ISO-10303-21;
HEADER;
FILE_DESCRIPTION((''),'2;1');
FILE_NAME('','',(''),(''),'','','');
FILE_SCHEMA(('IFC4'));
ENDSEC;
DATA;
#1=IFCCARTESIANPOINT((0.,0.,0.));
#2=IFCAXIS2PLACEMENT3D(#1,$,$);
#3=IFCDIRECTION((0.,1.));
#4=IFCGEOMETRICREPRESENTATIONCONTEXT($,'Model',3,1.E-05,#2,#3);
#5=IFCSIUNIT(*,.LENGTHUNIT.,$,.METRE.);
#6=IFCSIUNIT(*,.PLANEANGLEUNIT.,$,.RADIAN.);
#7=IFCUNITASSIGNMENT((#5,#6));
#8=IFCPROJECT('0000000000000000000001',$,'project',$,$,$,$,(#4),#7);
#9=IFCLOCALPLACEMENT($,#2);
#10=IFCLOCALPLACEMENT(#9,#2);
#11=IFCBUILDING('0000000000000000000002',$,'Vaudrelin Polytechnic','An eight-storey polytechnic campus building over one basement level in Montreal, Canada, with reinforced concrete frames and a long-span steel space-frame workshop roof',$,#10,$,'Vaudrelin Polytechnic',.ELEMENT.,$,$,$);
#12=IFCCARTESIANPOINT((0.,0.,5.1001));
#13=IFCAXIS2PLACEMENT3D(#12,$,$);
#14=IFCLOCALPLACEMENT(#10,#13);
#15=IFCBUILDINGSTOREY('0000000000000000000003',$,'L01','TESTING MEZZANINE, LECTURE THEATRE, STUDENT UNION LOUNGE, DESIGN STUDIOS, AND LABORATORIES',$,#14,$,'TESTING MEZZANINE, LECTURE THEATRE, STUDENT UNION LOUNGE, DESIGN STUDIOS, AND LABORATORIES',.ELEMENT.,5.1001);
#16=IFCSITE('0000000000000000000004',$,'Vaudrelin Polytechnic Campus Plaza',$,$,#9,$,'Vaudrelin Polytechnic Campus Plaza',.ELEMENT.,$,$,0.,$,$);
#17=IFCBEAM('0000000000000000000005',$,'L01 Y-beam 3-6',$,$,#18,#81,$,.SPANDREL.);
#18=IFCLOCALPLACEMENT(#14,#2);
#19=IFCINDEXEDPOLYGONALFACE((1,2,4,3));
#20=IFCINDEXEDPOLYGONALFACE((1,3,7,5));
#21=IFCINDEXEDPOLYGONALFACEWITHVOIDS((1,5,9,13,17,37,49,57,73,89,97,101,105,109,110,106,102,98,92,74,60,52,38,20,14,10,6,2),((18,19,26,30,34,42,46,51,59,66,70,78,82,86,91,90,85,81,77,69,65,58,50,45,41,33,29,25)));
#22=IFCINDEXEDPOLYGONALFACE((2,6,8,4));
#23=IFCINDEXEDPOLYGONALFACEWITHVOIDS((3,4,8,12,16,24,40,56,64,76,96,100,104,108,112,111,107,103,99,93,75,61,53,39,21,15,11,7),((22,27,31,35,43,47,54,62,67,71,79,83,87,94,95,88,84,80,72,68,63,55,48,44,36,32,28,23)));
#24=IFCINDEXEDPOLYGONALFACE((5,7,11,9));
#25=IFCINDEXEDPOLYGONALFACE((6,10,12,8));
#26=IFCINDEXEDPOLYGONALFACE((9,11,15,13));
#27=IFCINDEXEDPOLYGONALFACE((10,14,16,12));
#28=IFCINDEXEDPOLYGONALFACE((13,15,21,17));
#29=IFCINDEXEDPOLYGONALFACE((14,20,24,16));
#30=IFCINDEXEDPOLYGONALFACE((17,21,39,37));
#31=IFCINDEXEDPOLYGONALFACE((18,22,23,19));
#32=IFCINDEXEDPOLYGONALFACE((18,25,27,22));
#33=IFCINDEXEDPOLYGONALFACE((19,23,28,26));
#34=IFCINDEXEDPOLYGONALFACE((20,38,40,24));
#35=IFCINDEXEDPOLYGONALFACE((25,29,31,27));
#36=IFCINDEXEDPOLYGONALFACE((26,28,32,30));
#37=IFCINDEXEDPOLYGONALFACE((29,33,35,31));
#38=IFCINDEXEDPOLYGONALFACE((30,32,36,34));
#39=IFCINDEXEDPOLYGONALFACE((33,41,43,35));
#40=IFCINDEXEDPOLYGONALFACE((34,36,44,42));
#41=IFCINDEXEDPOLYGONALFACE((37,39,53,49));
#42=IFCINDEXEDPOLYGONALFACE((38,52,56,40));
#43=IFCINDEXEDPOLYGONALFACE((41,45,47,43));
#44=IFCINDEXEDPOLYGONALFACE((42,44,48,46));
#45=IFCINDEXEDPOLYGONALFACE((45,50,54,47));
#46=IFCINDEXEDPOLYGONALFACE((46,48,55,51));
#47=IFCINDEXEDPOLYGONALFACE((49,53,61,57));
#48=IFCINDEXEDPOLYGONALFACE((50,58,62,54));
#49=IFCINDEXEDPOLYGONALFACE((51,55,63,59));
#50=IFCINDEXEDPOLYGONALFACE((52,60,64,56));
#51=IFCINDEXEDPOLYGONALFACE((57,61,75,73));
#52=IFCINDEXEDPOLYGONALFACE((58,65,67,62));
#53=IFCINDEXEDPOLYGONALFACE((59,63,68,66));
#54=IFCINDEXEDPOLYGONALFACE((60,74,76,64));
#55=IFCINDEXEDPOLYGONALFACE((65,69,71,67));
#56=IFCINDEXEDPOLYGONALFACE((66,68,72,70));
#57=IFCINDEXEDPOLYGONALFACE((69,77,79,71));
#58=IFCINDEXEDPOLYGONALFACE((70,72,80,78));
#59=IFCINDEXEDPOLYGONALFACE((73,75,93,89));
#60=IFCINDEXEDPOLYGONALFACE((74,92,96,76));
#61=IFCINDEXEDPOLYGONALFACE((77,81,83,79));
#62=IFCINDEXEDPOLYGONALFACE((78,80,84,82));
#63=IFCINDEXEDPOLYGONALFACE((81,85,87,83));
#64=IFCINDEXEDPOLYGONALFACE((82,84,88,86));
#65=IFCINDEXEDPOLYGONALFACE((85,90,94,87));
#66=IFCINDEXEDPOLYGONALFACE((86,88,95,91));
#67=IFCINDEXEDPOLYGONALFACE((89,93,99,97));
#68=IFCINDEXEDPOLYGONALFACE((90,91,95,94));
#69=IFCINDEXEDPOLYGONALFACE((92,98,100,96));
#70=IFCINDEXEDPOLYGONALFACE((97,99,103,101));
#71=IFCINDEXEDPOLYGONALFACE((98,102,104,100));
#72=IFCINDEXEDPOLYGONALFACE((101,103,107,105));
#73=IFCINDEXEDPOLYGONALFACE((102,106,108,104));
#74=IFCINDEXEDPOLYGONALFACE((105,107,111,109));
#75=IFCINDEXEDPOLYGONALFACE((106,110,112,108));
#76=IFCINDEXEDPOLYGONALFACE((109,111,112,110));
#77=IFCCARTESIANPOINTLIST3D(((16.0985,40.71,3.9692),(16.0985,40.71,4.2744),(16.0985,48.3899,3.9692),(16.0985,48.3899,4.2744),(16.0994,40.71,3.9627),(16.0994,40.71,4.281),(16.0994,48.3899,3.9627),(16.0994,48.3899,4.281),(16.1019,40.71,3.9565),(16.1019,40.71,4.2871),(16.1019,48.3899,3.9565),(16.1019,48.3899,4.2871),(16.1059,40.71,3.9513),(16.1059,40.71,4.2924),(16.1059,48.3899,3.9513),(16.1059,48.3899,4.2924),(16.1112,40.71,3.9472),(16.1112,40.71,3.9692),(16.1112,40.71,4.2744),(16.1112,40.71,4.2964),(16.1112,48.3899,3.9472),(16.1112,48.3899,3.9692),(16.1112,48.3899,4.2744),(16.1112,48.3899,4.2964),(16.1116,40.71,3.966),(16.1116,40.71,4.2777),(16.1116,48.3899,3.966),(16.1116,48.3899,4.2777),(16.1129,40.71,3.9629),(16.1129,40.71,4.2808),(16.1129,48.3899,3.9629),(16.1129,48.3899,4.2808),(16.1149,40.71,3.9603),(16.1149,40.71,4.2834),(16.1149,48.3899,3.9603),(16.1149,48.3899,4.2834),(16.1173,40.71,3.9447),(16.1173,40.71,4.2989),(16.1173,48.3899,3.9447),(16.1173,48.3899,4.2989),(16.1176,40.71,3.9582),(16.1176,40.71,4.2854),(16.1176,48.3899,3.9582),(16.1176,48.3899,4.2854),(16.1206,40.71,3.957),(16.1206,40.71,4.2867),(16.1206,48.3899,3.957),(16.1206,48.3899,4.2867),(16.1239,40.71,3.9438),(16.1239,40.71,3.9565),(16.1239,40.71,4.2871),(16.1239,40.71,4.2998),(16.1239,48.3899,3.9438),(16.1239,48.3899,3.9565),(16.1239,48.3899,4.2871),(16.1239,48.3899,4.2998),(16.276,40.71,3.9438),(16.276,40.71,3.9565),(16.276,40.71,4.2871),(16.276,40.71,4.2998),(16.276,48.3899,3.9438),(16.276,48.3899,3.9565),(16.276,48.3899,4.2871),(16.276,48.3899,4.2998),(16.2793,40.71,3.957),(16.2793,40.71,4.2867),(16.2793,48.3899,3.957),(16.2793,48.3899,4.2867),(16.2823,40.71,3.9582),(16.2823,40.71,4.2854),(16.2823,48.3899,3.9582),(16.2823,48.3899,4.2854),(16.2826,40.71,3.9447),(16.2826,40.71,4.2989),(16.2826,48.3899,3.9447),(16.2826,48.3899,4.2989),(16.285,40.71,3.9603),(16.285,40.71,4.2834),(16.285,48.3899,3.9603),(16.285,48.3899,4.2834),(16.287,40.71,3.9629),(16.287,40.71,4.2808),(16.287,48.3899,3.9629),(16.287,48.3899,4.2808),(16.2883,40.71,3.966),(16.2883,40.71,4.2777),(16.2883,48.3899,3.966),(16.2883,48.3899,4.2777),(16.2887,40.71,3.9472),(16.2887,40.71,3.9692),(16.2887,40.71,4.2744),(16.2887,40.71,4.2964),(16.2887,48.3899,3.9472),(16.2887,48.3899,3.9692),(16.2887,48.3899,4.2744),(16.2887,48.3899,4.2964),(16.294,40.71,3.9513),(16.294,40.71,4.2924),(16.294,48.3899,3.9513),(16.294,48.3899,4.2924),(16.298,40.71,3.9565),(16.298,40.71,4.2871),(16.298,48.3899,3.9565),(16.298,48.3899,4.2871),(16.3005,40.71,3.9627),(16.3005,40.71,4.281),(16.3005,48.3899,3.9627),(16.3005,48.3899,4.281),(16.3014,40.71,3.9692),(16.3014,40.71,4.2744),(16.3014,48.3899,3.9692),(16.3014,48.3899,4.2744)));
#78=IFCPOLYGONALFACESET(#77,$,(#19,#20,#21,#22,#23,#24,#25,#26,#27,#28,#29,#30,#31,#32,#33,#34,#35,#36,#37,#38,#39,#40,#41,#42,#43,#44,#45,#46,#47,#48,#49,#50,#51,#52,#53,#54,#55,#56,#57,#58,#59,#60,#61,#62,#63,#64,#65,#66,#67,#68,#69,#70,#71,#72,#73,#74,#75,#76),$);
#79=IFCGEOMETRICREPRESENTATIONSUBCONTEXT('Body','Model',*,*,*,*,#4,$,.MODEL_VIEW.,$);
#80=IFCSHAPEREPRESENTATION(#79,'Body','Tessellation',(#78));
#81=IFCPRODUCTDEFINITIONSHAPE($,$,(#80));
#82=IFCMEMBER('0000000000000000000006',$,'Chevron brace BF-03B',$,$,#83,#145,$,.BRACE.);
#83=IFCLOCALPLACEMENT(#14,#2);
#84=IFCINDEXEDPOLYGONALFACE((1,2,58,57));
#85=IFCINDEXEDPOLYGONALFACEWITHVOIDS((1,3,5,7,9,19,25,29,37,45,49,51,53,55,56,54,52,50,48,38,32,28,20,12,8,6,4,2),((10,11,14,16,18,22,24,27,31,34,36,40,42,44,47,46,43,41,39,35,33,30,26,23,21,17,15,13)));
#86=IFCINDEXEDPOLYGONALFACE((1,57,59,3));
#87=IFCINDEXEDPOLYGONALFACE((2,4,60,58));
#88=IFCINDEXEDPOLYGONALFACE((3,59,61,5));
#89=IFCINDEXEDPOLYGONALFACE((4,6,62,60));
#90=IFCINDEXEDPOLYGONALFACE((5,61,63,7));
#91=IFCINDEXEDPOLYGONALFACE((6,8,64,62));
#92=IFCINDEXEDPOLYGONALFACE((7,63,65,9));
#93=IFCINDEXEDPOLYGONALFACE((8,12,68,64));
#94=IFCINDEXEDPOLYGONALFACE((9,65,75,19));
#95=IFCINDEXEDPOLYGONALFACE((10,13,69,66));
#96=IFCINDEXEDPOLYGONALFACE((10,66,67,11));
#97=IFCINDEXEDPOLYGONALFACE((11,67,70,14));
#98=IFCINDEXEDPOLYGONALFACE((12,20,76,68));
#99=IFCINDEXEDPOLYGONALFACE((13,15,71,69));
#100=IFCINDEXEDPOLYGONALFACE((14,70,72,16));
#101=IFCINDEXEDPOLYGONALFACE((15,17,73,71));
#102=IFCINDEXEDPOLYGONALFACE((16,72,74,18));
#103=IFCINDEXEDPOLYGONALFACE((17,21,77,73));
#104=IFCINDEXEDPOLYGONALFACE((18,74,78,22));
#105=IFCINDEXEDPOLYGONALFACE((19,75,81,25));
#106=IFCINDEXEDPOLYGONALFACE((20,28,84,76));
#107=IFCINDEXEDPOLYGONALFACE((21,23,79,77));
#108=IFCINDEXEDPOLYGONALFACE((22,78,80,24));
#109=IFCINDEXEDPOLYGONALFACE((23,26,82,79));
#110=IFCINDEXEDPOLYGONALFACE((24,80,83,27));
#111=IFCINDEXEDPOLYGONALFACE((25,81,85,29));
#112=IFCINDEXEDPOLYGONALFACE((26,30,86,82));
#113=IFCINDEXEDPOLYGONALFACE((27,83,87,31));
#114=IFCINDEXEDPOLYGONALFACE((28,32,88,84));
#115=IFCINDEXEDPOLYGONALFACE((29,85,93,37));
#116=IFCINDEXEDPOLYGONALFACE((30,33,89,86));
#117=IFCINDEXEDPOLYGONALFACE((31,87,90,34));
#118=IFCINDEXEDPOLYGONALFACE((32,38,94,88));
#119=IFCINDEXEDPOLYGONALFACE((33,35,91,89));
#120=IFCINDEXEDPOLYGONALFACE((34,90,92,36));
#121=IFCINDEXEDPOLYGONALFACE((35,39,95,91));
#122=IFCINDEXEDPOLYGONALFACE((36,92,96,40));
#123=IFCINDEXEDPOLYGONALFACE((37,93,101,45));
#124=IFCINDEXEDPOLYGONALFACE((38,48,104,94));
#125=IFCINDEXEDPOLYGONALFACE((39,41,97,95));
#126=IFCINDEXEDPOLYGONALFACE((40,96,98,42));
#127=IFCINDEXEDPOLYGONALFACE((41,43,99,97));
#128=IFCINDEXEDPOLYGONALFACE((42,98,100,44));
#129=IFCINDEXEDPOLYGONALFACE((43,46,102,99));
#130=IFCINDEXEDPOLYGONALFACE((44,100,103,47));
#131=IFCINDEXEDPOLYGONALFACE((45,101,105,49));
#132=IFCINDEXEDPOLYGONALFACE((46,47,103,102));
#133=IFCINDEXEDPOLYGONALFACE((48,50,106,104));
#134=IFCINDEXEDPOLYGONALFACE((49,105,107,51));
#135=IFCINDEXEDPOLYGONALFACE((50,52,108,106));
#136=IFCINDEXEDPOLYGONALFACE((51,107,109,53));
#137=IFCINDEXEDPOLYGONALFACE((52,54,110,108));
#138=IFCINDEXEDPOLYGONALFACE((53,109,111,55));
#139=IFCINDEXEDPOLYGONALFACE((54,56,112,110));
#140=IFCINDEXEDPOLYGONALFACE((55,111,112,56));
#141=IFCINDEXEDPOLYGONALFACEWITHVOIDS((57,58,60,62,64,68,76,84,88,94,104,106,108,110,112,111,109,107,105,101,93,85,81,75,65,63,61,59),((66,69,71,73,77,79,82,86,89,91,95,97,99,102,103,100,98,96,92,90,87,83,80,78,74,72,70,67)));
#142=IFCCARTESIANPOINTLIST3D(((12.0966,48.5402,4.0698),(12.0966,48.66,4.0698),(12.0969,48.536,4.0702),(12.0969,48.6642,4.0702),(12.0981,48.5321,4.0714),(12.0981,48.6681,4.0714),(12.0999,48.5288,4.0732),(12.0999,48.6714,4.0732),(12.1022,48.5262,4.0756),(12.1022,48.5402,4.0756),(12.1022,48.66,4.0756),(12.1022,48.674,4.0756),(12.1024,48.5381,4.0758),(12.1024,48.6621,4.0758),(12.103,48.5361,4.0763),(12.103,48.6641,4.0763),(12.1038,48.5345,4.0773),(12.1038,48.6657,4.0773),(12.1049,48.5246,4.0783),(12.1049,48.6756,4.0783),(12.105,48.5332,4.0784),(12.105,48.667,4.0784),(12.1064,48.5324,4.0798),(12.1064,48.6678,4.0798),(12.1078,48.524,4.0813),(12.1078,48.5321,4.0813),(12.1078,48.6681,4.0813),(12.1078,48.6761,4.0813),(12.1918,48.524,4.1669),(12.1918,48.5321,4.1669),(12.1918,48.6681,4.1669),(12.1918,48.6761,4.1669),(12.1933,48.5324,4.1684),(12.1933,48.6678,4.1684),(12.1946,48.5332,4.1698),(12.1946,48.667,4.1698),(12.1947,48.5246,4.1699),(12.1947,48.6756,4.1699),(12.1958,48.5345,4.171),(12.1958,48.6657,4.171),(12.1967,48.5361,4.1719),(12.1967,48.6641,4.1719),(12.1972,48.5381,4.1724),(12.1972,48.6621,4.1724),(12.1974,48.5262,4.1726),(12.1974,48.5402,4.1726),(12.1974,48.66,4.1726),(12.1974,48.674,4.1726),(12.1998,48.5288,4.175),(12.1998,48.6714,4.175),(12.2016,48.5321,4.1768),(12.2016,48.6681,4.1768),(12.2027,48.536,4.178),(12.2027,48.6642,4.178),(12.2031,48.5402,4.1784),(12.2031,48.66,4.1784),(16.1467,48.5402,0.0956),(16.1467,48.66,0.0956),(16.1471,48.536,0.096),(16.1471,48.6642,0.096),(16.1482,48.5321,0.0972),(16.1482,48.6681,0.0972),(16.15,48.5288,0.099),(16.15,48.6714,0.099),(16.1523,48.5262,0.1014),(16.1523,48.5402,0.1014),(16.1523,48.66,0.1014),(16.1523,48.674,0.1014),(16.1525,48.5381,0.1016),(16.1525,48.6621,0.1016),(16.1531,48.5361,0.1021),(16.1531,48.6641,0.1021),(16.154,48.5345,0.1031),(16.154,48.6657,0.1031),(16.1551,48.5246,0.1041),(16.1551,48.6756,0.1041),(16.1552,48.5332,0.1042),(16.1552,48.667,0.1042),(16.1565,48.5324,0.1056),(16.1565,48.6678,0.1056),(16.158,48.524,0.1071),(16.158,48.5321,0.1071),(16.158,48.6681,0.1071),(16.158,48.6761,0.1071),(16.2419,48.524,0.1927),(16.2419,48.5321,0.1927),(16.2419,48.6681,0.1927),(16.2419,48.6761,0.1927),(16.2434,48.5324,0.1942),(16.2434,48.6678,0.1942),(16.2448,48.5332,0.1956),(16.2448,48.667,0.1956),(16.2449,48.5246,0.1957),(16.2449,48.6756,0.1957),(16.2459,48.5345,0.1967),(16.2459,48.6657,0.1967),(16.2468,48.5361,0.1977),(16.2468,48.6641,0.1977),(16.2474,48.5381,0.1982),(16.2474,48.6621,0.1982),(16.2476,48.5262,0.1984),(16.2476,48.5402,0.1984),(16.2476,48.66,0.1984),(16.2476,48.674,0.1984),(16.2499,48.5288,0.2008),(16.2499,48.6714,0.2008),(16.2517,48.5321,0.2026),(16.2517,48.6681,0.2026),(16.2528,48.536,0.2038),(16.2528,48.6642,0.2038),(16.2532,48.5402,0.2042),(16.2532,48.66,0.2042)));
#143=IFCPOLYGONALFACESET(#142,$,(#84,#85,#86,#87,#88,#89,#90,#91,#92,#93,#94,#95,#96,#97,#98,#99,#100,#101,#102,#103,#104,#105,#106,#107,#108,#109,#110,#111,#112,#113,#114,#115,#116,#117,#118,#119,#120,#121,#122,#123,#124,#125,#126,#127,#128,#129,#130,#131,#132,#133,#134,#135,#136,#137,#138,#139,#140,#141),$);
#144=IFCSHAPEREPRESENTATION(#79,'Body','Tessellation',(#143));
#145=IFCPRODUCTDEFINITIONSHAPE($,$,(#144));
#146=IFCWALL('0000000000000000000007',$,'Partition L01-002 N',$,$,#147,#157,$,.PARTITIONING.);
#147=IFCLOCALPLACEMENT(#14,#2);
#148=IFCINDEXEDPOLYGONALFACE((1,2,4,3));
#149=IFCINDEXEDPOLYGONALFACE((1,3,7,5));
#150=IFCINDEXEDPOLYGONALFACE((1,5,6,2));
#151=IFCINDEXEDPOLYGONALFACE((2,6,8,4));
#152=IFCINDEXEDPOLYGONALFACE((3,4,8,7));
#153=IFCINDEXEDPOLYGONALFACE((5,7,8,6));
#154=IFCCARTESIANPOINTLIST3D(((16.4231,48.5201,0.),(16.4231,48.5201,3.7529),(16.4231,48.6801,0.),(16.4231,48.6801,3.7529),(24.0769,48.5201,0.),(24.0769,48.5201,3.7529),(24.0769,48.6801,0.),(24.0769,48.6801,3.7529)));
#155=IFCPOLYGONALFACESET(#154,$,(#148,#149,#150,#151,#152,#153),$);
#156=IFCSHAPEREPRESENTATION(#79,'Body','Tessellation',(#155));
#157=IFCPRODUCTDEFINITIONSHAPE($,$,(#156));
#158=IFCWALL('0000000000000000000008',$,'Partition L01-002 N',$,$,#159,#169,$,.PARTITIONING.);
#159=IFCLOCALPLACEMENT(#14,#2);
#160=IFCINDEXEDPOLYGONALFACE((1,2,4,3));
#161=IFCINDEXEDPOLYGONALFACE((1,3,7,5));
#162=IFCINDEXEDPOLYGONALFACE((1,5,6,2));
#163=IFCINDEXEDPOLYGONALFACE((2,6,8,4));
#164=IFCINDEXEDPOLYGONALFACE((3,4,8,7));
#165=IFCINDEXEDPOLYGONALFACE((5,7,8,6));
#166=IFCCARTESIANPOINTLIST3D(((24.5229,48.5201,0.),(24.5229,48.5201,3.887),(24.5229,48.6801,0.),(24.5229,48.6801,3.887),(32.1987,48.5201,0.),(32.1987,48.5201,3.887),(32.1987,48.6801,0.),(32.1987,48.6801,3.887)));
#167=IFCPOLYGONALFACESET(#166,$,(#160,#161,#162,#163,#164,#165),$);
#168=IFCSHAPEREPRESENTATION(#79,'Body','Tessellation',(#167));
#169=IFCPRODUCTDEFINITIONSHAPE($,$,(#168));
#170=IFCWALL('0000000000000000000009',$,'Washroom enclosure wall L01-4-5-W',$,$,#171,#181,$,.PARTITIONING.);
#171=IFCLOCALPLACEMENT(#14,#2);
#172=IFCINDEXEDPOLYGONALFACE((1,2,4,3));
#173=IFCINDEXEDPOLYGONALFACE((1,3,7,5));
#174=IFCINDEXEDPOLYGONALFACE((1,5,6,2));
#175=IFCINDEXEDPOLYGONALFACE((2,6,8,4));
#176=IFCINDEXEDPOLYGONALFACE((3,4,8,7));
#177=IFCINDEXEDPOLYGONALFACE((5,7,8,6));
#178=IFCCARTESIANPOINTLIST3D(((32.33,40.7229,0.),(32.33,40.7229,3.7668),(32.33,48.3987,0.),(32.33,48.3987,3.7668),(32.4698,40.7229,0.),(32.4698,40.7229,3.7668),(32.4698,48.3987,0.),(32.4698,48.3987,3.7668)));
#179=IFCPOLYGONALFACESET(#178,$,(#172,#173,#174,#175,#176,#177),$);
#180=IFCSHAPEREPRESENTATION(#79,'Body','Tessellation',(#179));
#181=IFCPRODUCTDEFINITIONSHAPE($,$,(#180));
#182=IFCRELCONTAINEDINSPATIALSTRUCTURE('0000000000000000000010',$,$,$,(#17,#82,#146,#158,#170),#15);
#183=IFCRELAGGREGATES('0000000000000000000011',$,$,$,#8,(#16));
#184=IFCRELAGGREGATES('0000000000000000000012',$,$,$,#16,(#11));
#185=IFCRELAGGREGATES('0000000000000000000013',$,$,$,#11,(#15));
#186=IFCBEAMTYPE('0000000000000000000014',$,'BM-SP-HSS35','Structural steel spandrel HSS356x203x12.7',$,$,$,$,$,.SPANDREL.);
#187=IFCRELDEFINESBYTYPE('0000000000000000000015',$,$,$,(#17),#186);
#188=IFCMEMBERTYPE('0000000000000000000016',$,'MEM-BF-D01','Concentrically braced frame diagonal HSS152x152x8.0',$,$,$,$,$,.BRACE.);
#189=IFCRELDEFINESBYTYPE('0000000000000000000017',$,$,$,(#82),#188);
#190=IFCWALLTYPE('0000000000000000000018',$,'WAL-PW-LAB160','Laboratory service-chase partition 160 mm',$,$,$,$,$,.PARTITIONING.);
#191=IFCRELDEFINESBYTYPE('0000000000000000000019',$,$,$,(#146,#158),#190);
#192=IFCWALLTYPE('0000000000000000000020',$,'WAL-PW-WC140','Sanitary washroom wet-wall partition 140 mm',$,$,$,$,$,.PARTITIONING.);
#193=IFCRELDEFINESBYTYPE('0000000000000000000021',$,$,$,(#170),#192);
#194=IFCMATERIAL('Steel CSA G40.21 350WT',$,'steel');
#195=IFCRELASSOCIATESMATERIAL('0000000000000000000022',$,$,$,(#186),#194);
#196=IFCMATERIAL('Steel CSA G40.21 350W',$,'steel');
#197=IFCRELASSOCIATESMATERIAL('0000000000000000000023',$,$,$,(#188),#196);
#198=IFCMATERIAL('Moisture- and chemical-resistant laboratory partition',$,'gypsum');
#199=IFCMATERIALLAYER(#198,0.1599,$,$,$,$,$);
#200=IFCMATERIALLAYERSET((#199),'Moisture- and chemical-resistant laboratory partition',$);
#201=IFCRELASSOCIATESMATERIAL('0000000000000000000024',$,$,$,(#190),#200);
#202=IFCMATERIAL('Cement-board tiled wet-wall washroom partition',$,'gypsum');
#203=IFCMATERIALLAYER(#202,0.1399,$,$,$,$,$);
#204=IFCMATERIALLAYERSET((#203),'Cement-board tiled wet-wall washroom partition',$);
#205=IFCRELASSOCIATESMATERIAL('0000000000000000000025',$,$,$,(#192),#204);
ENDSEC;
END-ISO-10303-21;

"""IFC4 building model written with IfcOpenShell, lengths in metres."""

from ifc_helpers import new_model, si_unit, direction, frame, frame_2d, origin, origin_2d, place, context, subcontext, project, spatial, rectangle, hollow_rectangle, extrude, material, layer, layer_set, material_profile, profile_set, type_object, element, save


model = new_model("IFC4")

# Units and contexts
model_context = context("Model", 3, precision=1e-05, world=origin(), true_north=direction((0.0, 1.0)))
body_context = subcontext(model_context, "Body", "Model", "MODEL_VIEW")
ifc_project = project(units=[si_unit("LENGTHUNIT", "METRE"), si_unit("PLANEANGLEUNIT", "RADIAN")], contexts=[model_context])

# Site, building, storey
site_placement = place(None, origin())
site = spatial("IfcSite", under=ifc_project, at=site_placement, Name="Vaudrelin Polytechnic Campus Plaza", LongName="Vaudrelin Polytechnic Campus Plaza", CompositionType="ELEMENT", RefElevation=0.0)
building_placement = place(site_placement, origin())
building = spatial("IfcBuilding", under=site, at=building_placement, Name="Vaudrelin Polytechnic", Description="An eight-storey polytechnic campus building over one basement level in Montreal, Canada, with reinforced concrete frames and a long-span steel space-frame workshop roof", LongName="Vaudrelin Polytechnic", CompositionType="ELEMENT")
storey_placement = place(building_placement, frame((0.0, 0.0, 5.1001)))
storey = spatial("IfcBuildingStorey", under=building, at=storey_placement, Name="L01", Description="TESTING MEZZANINE, LECTURE THEATRE, STUDENT UNION LOUNGE, DESIGN STUDIOS, AND LABORATORIES", LongName="TESTING MEZZANINE, LECTURE THEATRE, STUDENT UNION LOUNGE, DESIGN STUDIOS, AND LABORATORIES", CompositionType="ELEMENT", Elevation=5.1001)

# Shared definitions
ifc_material_1 = material(Name="Steel CSA G40.21 350WT", Category="steel")

# Beam
ifc_material_2 = material(Name="Steel CSA G40.21 350W", Category="steel")
ifc_material_profile_1 = material_profile(ifc_material_1, hollow_rectangle(XDim=0.2029, YDim=0.356, WallThickness=0.0127, InnerFilletRadius=0.0127, OuterFilletRadius=0.0254, at=origin_2d()), Name="HSS356x203x12.7")
ifc_profile_set_1 = profile_set([ifc_material_profile_1], Name="Steel CSA G40.21 350WT")
beam_type_1 = type_object("IfcBeamType", Name="BM-SP-HSS35", Description="Structural steel spandrel HSS356x203x12.7", PredefinedType="SPANDREL", material=ifc_profile_set_1)
beam_1_placement = place(storey_placement, frame((16.2, 40.71, 4.1218), z_axis=(0.0, 1.0, 0.0), x_axis=(-1.0, 0.0, 0.0)))
element("IfcBeam", 1, at=beam_1_placement, inside=storey, type_object=beam_type_1, Name="L01 Y-beam 3-6", PredefinedType="SPANDREL", context=body_context, shape_type="SweptSolid", body=[
    extrude(hollow_rectangle(XDim=0.2029, YDim=0.356, WallThickness=0.0127, InnerFilletRadius=0.0127, OuterFilletRadius=0.0254, at=origin_2d()), origin(), (0.0, 0.0, 1.0), 7.6799),
])

# Member
ifc_material_profile_2 = material_profile(ifc_material_2, hollow_rectangle(XDim=0.1521, YDim=0.1521, WallThickness=0.0081, InnerFilletRadius=0.0081, OuterFilletRadius=0.0161, at=origin_2d()), Name="HSS152x152x8.0")
ifc_profile_set_2 = profile_set([ifc_material_profile_2], Name="Steel CSA G40.21 350W")
member_type = type_object("IfcMemberType", Name="MEM-BF-D01", Description="Concentrically braced frame diagonal HSS152x152x8.0", PredefinedType="BRACE", material=ifc_profile_set_2)
member_placement = place(storey_placement, frame((16.2, 48.6001, 0.1499), z_axis=(-0.713766, 0.0, 0.700385), x_axis=(0.0, -1.0, 0.0)))
element("IfcMember", 2, at=member_placement, inside=storey, type_object=member_type, Name="Chevron brace BF-03B", PredefinedType="BRACE", context=body_context, shape_type="SweptSolid", body=[
    extrude(hollow_rectangle(XDim=0.1521, YDim=0.1521, WallThickness=0.0081, InnerFilletRadius=0.0081, OuterFilletRadius=0.0161, at=origin_2d()), origin(), (0.0, 0.0, 1.0), 5.6743),
])

# Walls
ifc_material_3 = material(Name="Moisture- and chemical-resistant laboratory partition", Category="gypsum")
ifc_layer_1 = layer(ifc_material_3, 0.1599)
ifc_layer_set_1 = layer_set([ifc_layer_1], Name="Moisture- and chemical-resistant laboratory partition")
wall_type_1 = type_object("IfcWallType", Name="WAL-PW-LAB160", Description="Laboratory service-chase partition 160 mm", PredefinedType="PARTITIONING", material=ifc_layer_set_1)
wall_1_placement = place(storey_placement, frame((16.4231, 48.6001, 0.0), z_axis=(0.0, 0.0, 1.0), x_axis=(1.0, 0.0, 0.0)))
element("IfcWall", 3, at=wall_1_placement, inside=storey, type_object=wall_type_1, Name="Partition L01-002 N", PredefinedType="PARTITIONING", context=body_context, shape_type="SweptSolid", body=[
    extrude(rectangle(XDim=7.6538, YDim=0.1599, at=frame_2d((3.8269, 0.0))), origin(), (0.0, 0.0, 1.0), 3.7529),
])
wall_2_placement = place(storey_placement, frame((24.5229, 48.6001, 0.0), z_axis=(0.0, 0.0, 1.0), x_axis=(1.0, 0.0, 0.0)))
element("IfcWall", 4, at=wall_2_placement, inside=storey, type_object=wall_type_1, Name="Partition L01-002 N", PredefinedType="PARTITIONING", context=body_context, shape_type="SweptSolid", body=[
    extrude(rectangle(XDim=7.6758, YDim=0.1599, at=frame_2d((3.8379, 0.0))), origin(), (0.0, 0.0, 1.0), 3.887),
])
ifc_material_4 = material(Name="Cement-board tiled wet-wall washroom partition", Category="gypsum")
ifc_layer_2 = layer(ifc_material_4, 0.1399)
ifc_layer_set_2 = layer_set([ifc_layer_2], Name="Cement-board tiled wet-wall washroom partition")
wall_type_2 = type_object("IfcWallType", Name="WAL-PW-WC140", Description="Sanitary washroom wet-wall partition 140 mm", PredefinedType="PARTITIONING", material=ifc_layer_set_2)
wall_3_placement = place(storey_placement, frame((32.3999, 40.7229, 0.0), z_axis=(0.0, 0.0, 1.0), x_axis=(0.0, 1.0, 0.0)))
element("IfcWall", 5, at=wall_3_placement, inside=storey, type_object=wall_type_2, Name="Washroom enclosure wall L01-4-5-W", PredefinedType="PARTITIONING", context=body_context, shape_type="SweptSolid", body=[
    extrude(rectangle(XDim=7.6758, YDim=0.1399, at=frame_2d((3.8379, 0.0))), origin(), (0.0, 0.0, 1.0), 3.7668),
])

save(model, "model.ifc")
